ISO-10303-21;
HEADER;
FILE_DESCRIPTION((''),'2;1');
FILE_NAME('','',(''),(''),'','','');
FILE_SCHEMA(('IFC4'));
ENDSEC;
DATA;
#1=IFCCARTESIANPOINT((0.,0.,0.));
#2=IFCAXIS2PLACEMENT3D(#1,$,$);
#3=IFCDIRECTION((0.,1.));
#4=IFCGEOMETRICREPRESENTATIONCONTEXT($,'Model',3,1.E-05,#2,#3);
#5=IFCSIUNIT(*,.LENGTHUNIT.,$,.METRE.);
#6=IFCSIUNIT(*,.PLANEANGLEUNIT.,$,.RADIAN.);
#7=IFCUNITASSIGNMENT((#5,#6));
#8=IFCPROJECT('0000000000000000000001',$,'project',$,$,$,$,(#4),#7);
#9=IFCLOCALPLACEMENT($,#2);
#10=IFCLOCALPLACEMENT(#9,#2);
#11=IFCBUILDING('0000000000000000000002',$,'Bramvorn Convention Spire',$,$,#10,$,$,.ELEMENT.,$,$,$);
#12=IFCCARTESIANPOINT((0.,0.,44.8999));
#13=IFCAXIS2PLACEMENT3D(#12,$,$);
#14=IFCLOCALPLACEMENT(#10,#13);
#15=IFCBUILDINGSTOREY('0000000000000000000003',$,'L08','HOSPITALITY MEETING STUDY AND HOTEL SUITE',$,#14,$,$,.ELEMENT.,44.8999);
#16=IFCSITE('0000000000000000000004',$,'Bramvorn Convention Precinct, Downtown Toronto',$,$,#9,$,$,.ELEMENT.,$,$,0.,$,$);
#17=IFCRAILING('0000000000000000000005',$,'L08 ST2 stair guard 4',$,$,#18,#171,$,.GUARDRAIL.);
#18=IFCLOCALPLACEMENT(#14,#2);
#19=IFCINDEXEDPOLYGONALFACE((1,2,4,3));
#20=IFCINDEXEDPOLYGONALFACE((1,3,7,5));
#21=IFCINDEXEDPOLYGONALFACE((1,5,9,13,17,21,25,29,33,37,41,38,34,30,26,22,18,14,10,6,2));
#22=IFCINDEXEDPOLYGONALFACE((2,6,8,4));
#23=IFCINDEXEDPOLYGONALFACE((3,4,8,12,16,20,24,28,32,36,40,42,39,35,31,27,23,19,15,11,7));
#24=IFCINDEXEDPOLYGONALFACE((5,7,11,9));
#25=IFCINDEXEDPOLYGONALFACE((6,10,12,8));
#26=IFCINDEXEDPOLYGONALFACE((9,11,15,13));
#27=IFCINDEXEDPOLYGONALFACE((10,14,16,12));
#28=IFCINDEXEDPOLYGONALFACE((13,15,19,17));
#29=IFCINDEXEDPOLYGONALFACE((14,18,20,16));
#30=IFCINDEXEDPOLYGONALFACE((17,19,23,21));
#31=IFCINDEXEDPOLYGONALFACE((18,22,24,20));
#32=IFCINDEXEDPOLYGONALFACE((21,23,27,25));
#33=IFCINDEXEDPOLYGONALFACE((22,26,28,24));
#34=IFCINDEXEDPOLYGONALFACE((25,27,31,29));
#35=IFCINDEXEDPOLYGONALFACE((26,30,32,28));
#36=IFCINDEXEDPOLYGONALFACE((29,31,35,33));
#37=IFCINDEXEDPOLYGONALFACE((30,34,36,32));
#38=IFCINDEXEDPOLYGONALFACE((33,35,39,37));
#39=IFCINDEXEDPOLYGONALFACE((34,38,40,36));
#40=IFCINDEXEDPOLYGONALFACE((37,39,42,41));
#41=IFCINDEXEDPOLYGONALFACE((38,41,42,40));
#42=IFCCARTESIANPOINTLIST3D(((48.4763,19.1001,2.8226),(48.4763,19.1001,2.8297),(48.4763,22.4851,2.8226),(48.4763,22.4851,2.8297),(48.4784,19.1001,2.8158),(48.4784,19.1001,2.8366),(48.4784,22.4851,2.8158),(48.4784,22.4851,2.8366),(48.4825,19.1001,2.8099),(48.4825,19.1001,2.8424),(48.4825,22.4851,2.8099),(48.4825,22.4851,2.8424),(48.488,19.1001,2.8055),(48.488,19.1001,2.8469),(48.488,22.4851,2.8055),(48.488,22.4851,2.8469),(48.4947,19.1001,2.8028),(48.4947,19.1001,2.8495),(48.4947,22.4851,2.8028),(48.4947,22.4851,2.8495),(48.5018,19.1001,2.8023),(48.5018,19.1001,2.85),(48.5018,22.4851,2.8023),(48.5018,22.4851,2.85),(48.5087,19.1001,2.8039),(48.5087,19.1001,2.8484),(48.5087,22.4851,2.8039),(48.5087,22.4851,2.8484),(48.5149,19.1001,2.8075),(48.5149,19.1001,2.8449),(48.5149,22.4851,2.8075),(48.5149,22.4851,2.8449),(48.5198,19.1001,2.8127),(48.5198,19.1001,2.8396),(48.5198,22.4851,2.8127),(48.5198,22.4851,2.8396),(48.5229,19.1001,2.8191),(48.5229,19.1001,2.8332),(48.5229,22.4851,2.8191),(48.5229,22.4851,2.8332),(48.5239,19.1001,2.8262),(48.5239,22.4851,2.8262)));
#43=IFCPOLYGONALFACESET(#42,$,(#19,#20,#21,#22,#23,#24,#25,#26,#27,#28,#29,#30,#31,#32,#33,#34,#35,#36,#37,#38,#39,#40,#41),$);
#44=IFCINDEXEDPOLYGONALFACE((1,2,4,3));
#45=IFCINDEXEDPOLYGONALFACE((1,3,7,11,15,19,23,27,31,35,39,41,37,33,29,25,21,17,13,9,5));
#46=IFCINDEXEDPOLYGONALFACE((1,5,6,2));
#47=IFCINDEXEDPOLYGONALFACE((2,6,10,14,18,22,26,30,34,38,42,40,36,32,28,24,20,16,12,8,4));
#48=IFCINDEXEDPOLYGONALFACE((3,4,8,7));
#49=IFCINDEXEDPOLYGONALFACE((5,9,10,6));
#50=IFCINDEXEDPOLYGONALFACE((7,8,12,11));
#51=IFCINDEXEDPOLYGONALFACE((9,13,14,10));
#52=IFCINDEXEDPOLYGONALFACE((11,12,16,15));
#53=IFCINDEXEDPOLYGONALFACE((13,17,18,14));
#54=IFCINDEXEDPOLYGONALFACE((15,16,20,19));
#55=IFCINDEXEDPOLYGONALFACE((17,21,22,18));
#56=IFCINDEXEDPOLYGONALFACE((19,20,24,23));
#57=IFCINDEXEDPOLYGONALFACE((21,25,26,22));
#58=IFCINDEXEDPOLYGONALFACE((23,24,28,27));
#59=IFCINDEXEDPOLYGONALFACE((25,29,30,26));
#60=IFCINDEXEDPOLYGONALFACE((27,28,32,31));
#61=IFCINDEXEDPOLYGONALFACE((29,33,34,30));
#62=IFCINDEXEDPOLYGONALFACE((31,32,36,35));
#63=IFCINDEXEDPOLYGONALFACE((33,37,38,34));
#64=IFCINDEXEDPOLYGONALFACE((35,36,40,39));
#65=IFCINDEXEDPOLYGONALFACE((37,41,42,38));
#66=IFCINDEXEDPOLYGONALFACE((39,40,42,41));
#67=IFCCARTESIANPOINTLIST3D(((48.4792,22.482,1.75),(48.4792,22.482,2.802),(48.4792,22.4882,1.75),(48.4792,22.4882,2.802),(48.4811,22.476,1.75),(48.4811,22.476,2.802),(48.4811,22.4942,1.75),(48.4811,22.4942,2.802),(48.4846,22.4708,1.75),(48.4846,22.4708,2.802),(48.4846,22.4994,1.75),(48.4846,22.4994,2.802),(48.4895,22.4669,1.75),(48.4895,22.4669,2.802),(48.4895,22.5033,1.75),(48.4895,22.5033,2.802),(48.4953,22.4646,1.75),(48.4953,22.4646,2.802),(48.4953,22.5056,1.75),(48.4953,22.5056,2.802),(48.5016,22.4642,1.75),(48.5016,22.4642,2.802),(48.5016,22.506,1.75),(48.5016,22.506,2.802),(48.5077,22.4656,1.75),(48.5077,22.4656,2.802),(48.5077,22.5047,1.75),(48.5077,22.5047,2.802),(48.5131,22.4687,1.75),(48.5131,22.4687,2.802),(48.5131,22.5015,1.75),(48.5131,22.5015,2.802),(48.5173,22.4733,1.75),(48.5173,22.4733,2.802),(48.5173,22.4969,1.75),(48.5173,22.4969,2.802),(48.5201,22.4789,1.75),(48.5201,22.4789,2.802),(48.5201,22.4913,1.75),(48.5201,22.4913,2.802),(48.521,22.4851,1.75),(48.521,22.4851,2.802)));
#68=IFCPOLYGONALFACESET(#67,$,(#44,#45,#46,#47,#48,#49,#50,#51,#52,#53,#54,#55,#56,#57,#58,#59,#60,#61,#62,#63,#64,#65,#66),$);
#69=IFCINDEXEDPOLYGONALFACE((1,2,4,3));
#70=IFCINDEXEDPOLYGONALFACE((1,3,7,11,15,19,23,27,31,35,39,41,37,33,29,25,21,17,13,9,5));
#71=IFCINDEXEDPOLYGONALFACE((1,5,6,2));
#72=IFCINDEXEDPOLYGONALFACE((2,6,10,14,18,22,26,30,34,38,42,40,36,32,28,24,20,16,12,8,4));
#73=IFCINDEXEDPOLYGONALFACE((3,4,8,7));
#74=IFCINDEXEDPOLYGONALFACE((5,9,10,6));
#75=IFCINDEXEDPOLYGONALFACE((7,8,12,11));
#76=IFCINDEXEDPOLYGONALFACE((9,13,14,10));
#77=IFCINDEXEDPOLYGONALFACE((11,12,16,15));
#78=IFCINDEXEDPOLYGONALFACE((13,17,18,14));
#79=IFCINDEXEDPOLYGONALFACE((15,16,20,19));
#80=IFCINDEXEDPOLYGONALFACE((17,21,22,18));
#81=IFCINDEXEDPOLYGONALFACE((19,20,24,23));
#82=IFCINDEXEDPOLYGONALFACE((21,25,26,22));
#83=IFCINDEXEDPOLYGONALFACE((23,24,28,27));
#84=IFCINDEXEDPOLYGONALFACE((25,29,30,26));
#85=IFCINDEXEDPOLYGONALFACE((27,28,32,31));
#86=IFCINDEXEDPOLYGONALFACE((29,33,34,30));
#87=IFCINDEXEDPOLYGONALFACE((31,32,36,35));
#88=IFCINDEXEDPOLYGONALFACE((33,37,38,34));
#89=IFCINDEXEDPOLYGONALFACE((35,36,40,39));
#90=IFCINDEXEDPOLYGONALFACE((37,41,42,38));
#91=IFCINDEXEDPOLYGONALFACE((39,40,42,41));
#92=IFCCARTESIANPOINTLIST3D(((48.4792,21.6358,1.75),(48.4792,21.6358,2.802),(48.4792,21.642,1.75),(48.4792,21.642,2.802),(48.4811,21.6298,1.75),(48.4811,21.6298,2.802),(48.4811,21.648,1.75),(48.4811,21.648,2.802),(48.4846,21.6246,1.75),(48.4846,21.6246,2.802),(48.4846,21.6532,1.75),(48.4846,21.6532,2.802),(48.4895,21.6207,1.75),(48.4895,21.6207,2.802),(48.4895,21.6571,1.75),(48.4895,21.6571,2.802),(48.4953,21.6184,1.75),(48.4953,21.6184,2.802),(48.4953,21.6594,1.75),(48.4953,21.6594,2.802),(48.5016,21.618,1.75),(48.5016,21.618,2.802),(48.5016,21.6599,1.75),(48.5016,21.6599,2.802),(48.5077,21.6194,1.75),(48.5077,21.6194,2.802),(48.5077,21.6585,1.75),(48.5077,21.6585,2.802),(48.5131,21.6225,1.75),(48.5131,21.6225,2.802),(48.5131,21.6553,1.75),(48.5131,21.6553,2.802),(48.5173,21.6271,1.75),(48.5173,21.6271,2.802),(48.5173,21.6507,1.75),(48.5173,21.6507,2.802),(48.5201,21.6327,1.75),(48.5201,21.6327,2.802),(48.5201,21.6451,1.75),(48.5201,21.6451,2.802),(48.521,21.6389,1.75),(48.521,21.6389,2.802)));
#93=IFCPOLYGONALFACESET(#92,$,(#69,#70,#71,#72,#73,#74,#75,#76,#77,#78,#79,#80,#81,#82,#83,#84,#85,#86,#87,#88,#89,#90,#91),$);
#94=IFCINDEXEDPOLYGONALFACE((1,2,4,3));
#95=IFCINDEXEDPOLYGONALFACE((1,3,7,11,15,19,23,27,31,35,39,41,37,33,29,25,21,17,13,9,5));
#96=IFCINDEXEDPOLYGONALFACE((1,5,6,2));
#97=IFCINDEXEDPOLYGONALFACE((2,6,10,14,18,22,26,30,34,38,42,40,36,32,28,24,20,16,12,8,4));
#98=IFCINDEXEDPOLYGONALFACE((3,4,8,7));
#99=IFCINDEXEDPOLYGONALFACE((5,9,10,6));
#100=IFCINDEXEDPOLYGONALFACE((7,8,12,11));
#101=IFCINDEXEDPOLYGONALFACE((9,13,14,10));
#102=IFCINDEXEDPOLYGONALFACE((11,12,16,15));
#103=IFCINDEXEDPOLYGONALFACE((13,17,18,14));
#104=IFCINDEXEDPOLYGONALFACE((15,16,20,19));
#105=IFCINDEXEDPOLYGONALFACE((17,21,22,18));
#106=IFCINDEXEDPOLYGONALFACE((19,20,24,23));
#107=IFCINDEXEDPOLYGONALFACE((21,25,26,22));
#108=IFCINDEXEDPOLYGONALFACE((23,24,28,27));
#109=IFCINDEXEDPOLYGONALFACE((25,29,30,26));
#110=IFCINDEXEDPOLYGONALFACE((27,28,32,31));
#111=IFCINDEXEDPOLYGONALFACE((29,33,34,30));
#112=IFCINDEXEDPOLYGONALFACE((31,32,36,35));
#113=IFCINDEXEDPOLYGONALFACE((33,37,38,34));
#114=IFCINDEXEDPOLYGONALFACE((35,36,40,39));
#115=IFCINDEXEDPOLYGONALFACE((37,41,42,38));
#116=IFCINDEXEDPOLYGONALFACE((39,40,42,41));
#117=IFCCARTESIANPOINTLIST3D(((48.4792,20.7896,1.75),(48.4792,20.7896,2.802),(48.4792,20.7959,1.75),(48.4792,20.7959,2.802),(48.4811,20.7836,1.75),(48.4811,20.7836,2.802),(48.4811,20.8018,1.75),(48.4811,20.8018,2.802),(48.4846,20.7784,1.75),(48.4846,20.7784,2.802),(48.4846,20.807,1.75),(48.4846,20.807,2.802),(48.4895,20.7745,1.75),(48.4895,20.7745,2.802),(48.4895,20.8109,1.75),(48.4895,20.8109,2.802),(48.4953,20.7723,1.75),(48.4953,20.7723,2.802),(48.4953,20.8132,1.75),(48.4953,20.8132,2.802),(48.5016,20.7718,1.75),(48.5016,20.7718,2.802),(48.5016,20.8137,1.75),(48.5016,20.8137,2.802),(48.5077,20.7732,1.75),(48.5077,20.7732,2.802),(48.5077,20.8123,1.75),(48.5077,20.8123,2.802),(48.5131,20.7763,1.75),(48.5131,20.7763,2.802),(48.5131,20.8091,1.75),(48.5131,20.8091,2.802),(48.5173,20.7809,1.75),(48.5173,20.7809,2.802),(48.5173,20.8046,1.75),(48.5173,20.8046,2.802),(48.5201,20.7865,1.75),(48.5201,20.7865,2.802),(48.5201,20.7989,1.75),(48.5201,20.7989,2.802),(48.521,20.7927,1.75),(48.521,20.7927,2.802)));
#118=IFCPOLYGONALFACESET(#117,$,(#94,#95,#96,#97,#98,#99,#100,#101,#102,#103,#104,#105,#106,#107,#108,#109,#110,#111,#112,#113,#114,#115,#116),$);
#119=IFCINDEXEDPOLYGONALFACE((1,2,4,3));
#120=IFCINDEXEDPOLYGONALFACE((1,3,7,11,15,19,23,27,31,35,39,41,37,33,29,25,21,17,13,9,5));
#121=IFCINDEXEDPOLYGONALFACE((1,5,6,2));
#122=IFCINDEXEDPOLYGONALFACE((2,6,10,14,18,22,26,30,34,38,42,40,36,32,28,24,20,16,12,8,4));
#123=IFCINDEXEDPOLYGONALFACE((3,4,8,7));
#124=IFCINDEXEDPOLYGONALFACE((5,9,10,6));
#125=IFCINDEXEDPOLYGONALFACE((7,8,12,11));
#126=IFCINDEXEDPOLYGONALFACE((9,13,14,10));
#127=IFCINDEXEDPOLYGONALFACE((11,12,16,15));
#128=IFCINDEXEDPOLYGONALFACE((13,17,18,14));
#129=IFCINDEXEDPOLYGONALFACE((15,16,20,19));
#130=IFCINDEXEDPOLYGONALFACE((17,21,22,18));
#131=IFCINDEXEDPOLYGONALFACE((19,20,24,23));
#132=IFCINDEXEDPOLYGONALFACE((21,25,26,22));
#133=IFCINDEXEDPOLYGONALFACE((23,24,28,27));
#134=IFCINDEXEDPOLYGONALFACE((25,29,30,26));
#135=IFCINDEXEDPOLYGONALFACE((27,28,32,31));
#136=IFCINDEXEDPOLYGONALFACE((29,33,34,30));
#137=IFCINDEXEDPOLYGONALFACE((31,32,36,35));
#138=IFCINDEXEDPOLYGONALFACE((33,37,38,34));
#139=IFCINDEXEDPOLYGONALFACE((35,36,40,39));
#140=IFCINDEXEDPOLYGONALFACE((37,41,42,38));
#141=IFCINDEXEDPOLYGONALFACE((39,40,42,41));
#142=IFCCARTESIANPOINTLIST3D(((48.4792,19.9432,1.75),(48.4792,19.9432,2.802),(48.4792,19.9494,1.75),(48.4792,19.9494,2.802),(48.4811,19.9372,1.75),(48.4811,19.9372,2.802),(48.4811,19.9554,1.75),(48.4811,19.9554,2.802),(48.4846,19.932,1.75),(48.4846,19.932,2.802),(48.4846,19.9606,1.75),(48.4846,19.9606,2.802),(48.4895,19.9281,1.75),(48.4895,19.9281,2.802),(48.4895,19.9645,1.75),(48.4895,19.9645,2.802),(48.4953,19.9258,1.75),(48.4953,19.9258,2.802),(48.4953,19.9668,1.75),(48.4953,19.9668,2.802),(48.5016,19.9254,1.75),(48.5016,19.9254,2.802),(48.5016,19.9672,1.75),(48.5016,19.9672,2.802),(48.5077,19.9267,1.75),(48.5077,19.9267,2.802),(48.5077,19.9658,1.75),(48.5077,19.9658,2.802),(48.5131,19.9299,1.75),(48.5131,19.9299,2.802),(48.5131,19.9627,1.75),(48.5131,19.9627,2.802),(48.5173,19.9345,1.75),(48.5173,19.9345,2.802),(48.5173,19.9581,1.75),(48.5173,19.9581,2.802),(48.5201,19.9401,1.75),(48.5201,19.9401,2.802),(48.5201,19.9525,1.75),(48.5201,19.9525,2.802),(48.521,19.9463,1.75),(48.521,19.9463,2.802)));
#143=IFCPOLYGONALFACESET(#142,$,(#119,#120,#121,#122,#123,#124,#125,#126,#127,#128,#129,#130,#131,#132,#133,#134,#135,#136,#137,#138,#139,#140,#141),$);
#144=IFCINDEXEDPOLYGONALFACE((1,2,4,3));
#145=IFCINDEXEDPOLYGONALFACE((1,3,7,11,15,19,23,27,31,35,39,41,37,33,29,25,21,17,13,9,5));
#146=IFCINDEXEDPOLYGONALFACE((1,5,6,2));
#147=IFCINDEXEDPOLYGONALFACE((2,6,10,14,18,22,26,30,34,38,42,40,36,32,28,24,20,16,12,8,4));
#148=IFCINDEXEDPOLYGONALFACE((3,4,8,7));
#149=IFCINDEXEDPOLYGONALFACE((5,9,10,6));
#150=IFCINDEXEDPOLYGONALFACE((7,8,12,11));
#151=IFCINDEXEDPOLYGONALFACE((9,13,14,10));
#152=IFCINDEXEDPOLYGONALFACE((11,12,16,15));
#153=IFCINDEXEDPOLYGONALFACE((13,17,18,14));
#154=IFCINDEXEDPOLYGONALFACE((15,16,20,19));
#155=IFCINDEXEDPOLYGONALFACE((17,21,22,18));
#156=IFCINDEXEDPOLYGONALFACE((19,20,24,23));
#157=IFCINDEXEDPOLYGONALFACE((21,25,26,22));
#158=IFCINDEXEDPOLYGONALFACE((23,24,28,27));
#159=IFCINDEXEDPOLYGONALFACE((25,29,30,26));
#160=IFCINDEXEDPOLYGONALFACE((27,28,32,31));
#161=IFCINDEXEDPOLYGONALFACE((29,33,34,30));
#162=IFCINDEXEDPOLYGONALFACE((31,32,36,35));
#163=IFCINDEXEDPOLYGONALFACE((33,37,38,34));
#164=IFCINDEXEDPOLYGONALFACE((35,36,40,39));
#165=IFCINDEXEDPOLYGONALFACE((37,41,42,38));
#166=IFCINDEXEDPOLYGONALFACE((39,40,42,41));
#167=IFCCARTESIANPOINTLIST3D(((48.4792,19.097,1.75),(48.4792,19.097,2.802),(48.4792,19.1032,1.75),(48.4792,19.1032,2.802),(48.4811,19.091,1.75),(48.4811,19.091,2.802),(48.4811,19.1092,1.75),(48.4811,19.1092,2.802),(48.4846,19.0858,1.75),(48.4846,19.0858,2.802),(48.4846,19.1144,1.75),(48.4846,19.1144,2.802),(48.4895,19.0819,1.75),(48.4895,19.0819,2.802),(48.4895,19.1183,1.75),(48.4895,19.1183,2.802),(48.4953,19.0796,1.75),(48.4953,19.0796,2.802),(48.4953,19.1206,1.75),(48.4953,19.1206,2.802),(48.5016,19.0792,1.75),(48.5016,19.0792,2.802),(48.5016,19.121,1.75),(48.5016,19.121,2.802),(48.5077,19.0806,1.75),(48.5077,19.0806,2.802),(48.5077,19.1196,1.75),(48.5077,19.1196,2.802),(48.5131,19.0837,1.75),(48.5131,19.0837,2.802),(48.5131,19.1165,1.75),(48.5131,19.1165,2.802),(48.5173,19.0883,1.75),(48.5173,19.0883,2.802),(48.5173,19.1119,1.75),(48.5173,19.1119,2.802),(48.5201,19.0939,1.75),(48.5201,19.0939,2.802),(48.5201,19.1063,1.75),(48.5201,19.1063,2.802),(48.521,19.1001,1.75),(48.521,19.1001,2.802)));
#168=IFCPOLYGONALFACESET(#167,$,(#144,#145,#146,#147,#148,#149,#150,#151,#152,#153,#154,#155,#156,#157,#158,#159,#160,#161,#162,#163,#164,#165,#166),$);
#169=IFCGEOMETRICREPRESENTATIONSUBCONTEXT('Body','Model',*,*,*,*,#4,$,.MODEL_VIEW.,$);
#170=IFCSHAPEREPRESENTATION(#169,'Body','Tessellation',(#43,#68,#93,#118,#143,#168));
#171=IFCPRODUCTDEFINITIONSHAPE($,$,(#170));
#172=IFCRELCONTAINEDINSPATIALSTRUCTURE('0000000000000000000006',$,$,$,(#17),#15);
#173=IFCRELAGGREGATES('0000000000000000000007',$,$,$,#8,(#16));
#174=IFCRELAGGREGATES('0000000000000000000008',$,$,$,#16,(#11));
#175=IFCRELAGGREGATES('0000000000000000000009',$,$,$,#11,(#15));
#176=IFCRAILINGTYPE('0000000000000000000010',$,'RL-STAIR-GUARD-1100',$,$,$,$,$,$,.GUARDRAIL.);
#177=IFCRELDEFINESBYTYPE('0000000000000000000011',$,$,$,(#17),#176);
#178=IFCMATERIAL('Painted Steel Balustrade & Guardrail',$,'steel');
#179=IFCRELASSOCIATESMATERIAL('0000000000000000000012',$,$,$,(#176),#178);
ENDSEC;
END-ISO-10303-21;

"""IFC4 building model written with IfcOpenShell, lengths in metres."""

from ifc_helpers import new_model, si_unit, direction, frame, origin, origin_2d, place, context, subcontext, project, spatial, circle, extrude, material, type_object, element, save


model = new_model("IFC4")

# Units and contexts
model_context = context("Model", 3, precision=1e-05, world=origin(), true_north=direction((0.0, 1.0)))
body_context = subcontext(model_context, "Body", "Model", "MODEL_VIEW")
ifc_project = project(units=[si_unit("LENGTHUNIT", "METRE"), si_unit("PLANEANGLEUNIT", "RADIAN")], contexts=[model_context])

# Site, building, storey
site_placement = place(None, origin())
site = spatial("IfcSite", under=ifc_project, at=site_placement, Name="Bramvorn Convention Precinct, Downtown Toronto", CompositionType="ELEMENT", RefElevation=0.0)
building_placement = place(site_placement, origin())
building = spatial("IfcBuilding", under=site, at=building_placement, Name="Bramvorn Convention Spire", CompositionType="ELEMENT")
storey_placement = place(building_placement, frame((0.0, 0.0, 44.8999)))
storey = spatial("IfcBuildingStorey", under=building, at=storey_placement, Name="L08", Description="HOSPITALITY MEETING STUDY AND HOTEL SUITE", CompositionType="ELEMENT", Elevation=44.8999)

# Railing
ifc_material_1 = material(Name="Painted Steel Balustrade & Guardrail", Category="steel")
railing_type_1 = type_object("IfcRailingType", Name="RL-STAIR-GUARD-1100", PredefinedType="GUARDRAIL", material=ifc_material_1)
railing_1_placement = place(storey_placement, frame((48.5, 22.4851, 1.75)))
element("IfcRailing", 1, at=railing_1_placement, inside=storey, type_object=railing_type_1, Name="L08 ST2 stair guard 4", PredefinedType="GUARDRAIL", context=body_context, shape_type="SweptSolid", body=[
    extrude(circle(Radius=0.0239, at=origin_2d()), frame((0.0, 0.0, 1.0762), z_axis=(0.0, -1.0, 0.0), x_axis=(1.0, 0.0, 0.0)), (0.0, 0.0, 1.0), 3.385),
    extrude(circle(Radius=0.021, at=origin_2d()), origin(), (0.0, 0.0, 1.0), 1.052),
    extrude(circle(Radius=0.021, at=origin_2d()), frame((0.0, -0.8462, 0.0)), (0.0, 0.0, 1.0), 1.052),
    extrude(circle(Radius=0.021, at=origin_2d()), frame((0.0, -1.6924, 0.0)), (0.0, 0.0, 1.0), 1.052),
    extrude(circle(Radius=0.021, at=origin_2d()), frame((0.0, -2.5388, 0.0)), (0.0, 0.0, 1.0), 1.052),
    extrude(circle(Radius=0.021, at=origin_2d()), frame((0.0, -3.385, 0.0)), (0.0, 0.0, 1.0), 1.052),
])

save(model, "model.ifc")
